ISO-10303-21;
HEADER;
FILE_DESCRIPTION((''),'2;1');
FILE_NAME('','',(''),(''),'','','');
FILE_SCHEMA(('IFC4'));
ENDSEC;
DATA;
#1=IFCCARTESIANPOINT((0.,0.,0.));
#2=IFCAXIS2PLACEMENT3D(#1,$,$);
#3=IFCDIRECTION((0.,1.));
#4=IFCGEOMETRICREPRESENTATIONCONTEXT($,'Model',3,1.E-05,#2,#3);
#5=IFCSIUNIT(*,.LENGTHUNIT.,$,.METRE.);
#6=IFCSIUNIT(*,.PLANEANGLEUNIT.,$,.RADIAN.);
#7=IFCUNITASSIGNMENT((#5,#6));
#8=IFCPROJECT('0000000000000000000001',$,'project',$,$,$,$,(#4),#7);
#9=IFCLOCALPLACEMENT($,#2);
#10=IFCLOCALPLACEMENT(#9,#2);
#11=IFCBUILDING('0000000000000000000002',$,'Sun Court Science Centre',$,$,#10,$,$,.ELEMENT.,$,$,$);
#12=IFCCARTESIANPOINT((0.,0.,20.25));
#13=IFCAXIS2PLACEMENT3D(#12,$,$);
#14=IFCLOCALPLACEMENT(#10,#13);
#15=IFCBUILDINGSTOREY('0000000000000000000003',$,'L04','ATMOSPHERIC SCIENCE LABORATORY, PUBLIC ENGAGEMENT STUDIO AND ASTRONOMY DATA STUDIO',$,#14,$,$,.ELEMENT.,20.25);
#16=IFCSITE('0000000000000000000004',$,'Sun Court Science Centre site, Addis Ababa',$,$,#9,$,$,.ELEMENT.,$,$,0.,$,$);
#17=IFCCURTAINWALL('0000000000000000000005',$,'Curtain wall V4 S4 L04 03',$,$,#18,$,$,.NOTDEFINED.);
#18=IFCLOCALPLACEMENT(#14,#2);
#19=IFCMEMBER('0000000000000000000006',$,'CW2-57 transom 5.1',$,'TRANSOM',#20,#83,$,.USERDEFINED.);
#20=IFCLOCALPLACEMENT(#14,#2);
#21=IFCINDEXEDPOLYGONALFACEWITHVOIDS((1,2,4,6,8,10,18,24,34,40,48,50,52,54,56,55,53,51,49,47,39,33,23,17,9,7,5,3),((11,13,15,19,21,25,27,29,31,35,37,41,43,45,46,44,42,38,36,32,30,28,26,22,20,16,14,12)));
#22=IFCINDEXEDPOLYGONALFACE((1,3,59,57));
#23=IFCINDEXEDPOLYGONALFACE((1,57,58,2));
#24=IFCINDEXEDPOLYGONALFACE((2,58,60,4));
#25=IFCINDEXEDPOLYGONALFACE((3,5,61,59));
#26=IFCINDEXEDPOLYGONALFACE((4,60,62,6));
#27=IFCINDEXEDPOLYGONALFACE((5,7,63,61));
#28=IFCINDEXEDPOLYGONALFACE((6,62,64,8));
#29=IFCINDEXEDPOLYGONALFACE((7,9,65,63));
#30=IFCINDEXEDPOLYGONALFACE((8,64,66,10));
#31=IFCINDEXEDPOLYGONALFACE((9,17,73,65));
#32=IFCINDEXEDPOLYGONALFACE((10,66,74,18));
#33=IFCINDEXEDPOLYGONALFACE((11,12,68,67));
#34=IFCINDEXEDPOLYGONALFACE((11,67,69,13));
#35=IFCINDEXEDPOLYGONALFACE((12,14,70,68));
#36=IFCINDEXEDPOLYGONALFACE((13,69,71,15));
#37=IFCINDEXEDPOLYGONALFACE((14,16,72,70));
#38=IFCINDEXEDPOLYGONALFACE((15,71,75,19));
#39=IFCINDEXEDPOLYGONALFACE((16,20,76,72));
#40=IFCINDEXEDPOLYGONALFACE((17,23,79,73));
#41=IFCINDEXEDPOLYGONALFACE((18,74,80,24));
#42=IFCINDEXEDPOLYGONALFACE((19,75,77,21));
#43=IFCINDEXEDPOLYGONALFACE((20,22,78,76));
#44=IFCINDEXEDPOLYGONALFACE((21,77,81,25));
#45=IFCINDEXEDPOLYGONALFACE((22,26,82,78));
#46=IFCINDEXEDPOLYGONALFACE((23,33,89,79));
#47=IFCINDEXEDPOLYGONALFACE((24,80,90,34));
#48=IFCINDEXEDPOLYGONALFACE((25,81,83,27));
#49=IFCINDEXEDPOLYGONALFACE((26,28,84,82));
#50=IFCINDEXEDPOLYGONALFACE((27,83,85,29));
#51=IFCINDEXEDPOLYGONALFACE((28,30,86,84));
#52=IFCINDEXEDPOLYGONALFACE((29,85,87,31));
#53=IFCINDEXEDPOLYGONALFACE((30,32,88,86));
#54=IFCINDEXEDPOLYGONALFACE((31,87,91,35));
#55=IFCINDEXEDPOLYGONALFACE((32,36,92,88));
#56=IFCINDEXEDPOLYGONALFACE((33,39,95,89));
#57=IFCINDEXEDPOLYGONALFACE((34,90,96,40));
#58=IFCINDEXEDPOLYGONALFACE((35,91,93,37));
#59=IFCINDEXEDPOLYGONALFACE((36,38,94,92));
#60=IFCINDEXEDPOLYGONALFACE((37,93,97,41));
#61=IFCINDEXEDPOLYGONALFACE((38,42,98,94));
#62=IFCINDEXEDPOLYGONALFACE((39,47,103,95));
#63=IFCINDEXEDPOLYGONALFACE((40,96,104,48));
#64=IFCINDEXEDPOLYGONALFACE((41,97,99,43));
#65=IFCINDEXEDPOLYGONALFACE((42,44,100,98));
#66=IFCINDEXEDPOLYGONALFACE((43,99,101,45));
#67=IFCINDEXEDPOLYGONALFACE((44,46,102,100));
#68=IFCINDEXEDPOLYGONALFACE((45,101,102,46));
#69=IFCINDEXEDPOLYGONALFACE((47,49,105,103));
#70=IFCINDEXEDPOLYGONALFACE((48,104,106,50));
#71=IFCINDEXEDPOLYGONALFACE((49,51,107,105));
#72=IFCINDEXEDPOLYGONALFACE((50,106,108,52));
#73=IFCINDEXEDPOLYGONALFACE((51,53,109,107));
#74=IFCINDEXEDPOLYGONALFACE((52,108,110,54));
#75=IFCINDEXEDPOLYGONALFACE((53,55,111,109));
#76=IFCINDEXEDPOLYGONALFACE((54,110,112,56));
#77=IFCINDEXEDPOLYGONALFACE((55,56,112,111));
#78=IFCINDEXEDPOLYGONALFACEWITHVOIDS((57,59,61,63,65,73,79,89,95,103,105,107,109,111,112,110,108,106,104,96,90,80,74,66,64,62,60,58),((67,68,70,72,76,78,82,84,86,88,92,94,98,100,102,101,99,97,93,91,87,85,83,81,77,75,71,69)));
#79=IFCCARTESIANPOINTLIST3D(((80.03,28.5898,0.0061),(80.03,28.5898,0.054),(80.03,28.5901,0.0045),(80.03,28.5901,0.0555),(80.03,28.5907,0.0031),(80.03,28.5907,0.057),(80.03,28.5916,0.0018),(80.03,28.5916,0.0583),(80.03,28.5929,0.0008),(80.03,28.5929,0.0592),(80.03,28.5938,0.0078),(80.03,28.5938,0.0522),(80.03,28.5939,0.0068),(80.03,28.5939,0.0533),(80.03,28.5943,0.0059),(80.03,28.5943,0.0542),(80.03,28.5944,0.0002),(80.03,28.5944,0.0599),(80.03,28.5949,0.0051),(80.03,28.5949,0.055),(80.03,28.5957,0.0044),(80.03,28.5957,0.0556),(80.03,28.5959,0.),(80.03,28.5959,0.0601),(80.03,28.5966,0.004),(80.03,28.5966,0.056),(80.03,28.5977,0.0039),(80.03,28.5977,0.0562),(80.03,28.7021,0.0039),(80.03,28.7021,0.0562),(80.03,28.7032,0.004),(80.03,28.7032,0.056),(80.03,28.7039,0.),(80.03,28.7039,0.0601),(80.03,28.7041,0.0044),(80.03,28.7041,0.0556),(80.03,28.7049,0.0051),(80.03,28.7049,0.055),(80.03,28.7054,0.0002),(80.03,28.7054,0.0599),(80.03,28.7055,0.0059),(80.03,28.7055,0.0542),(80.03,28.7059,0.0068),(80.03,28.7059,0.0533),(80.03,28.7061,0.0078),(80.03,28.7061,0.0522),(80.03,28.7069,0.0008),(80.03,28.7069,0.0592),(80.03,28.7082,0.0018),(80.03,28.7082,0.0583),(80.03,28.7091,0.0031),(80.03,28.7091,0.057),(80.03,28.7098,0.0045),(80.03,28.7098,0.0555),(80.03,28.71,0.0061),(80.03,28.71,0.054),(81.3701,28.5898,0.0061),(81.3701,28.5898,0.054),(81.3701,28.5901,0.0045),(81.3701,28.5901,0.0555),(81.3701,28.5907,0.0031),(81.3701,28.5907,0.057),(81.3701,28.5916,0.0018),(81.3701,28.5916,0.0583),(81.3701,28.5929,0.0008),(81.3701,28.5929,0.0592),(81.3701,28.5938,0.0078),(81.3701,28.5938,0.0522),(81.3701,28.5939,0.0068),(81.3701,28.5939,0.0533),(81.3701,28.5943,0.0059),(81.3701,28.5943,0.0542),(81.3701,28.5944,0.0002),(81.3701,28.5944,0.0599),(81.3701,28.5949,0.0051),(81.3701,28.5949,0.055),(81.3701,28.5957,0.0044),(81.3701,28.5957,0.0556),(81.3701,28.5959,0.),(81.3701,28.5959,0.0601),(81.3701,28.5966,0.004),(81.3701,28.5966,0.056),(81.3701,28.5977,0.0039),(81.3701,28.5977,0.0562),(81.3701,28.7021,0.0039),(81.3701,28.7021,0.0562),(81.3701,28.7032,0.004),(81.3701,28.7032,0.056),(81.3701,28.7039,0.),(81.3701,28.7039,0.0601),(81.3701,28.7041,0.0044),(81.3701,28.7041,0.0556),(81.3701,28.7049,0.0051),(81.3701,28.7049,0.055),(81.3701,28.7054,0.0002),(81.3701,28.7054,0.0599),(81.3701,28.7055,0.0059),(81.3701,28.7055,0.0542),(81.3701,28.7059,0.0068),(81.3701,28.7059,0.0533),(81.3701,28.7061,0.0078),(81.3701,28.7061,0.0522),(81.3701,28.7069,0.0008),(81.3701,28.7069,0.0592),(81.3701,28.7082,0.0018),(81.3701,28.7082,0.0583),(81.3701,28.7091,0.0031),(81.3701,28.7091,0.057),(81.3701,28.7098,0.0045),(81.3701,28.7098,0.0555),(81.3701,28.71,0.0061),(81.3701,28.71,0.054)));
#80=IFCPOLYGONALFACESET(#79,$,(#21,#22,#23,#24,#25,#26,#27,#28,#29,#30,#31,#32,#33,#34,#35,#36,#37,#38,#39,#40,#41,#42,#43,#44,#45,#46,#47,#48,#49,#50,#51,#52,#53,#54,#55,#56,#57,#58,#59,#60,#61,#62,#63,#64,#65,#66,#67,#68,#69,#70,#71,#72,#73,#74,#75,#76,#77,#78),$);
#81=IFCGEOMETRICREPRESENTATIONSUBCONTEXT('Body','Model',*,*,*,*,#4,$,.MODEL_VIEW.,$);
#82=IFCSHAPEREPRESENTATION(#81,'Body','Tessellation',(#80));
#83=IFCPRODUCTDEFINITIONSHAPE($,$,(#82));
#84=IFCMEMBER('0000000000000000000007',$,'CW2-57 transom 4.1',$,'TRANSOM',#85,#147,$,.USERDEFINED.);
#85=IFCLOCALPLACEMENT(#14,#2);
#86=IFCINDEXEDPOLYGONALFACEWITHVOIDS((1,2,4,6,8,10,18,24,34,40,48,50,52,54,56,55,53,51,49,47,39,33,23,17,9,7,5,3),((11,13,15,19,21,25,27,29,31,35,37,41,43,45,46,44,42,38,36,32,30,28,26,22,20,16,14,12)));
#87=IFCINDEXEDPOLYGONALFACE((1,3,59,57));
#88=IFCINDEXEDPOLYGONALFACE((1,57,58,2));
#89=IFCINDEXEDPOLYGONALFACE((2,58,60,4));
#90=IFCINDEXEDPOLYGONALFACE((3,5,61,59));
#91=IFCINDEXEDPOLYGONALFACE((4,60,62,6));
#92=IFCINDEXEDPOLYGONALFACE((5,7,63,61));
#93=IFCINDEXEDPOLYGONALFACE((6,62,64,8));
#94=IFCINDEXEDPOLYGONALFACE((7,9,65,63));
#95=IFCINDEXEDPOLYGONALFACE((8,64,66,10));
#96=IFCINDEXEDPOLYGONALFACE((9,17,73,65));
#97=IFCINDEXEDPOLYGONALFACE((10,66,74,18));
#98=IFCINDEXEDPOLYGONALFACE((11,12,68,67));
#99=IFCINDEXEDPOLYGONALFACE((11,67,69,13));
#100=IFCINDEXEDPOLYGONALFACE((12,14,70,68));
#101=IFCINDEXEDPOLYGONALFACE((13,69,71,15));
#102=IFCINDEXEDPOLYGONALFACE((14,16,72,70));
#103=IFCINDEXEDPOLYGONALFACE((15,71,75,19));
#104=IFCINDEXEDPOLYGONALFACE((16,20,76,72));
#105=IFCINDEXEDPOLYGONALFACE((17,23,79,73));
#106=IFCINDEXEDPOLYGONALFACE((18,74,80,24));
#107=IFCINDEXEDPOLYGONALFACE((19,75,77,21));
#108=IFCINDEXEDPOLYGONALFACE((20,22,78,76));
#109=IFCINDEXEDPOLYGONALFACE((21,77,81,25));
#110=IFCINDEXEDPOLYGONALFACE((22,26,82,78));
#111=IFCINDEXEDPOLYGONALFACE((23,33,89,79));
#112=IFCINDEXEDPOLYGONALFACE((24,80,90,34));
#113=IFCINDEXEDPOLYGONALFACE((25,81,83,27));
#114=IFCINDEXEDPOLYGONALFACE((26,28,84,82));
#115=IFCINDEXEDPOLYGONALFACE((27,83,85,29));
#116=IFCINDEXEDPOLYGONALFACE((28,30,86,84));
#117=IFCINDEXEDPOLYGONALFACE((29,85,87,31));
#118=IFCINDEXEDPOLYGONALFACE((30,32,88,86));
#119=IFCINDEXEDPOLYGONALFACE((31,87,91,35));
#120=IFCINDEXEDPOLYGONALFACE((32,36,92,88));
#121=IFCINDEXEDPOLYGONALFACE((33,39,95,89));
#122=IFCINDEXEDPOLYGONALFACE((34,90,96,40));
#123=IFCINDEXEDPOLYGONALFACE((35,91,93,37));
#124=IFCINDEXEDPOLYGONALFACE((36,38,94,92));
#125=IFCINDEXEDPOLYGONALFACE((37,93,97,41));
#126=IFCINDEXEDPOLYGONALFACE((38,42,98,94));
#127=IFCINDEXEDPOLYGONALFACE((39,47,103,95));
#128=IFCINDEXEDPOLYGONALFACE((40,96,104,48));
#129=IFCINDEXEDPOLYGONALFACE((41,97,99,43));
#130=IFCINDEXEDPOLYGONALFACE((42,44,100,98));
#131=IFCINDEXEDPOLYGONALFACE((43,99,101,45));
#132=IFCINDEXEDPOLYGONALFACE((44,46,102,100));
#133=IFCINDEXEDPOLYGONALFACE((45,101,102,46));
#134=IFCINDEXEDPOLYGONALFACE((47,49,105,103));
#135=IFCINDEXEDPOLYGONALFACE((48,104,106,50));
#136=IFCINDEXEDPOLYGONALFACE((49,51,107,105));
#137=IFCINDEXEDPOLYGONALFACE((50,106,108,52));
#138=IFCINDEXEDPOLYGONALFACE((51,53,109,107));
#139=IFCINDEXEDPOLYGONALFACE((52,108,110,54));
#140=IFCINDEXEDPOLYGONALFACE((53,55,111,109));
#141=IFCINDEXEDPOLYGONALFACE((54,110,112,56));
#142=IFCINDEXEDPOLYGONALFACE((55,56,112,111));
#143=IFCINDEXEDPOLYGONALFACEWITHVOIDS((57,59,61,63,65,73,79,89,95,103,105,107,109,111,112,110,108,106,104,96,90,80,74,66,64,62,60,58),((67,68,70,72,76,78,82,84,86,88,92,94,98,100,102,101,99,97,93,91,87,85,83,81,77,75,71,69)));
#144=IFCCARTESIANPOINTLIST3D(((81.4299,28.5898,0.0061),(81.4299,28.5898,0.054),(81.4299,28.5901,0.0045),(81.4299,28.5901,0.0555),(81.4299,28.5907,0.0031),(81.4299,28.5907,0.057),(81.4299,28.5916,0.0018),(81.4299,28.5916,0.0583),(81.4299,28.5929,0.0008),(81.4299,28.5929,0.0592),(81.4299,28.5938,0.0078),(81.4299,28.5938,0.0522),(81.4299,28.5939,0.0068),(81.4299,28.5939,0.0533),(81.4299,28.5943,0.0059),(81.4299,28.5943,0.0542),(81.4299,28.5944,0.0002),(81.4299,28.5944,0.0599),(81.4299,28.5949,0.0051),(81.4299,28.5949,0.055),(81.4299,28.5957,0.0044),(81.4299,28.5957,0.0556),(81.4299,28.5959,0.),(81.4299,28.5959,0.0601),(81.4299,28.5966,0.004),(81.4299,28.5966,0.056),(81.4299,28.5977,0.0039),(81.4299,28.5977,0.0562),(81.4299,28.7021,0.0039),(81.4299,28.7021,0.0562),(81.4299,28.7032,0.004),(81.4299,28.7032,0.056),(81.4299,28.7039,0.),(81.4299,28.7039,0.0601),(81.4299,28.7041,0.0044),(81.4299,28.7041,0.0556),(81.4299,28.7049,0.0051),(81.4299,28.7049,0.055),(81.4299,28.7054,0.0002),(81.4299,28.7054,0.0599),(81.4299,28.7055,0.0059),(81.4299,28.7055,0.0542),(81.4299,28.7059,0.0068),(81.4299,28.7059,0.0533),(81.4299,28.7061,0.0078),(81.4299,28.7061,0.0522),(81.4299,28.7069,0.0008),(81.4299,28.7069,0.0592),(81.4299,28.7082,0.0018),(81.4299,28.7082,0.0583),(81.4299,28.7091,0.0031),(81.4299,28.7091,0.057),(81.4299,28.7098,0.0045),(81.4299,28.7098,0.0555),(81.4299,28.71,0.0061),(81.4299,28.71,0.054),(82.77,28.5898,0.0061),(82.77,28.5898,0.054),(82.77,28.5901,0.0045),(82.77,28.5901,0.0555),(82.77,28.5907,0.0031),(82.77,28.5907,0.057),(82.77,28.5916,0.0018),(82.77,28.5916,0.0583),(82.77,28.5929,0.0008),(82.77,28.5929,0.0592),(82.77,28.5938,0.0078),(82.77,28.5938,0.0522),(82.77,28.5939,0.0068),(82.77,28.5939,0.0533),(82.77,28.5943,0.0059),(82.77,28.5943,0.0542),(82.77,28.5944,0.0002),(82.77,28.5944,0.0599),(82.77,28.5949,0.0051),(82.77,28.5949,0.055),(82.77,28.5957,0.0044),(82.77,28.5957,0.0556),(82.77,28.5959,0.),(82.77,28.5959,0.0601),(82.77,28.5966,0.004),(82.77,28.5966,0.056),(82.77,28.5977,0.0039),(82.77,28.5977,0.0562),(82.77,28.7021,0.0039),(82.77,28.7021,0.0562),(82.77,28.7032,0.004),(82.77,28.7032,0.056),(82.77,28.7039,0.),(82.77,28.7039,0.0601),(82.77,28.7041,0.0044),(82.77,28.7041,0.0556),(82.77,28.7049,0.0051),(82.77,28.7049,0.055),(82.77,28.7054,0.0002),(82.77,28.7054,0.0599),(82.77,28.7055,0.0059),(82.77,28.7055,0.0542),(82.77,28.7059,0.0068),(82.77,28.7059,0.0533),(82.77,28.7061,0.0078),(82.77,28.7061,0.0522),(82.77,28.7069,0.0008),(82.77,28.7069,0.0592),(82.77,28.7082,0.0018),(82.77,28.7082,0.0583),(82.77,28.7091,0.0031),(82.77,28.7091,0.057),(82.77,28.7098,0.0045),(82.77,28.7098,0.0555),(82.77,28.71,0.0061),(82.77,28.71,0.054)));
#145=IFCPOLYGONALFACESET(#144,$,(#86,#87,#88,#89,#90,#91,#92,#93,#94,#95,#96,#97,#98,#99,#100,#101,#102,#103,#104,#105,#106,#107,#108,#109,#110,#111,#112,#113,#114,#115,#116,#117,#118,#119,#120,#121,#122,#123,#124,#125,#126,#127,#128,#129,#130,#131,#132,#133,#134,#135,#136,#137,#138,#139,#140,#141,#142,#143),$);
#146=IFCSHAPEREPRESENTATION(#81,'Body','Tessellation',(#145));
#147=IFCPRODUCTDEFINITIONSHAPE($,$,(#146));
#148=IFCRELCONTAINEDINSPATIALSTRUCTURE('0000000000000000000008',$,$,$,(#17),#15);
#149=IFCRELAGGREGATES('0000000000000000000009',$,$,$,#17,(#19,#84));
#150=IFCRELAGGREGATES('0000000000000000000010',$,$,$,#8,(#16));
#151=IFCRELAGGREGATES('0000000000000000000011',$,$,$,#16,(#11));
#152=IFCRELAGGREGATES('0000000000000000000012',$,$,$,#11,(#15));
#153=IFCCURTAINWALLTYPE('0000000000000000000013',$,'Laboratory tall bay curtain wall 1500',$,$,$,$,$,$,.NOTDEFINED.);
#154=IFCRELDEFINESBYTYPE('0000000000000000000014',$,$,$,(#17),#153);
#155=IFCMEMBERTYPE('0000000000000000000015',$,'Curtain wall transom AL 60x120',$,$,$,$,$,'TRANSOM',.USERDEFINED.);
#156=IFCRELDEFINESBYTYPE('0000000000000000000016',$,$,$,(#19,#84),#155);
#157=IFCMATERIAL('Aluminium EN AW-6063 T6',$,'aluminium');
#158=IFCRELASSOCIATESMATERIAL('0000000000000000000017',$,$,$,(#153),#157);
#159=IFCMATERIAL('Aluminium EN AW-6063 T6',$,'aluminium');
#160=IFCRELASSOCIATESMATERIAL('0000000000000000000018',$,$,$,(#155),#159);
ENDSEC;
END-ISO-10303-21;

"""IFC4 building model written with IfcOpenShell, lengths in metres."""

from ifc_helpers import new_model, si_unit, direction, frame, origin, origin_2d, place, context, subcontext, project, spatial, hollow_rectangle, extrude, material, material_profile, profile_set, type_object, element, aggregate, save


model = new_model("IFC4")

# Units and contexts
model_context = context("Model", 3, precision=1e-05, world=origin(), true_north=direction((0.0, 1.0)))
body_context = subcontext(model_context, "Body", "Model", "MODEL_VIEW")
ifc_project = project(units=[si_unit("LENGTHUNIT", "METRE"), si_unit("PLANEANGLEUNIT", "RADIAN")], contexts=[model_context])

# Site, building, storey
site_placement = place(None, origin())
site = spatial("IfcSite", under=ifc_project, at=site_placement, Name="Sun Court Science Centre site, Addis Ababa", CompositionType="ELEMENT", RefElevation=0.0)
building_placement = place(site_placement, origin())
building = spatial("IfcBuilding", under=site, at=building_placement, Name="Sun Court Science Centre", CompositionType="ELEMENT")
storey_placement = place(building_placement, frame((0.0, 0.0, 20.25)))
storey = spatial("IfcBuildingStorey", under=building, at=storey_placement, Name="L04", Description="ATMOSPHERIC SCIENCE LABORATORY, PUBLIC ENGAGEMENT STUDIO AND ASTRONOMY DATA STUDIO", CompositionType="ELEMENT", Elevation=20.25)

# Curtain wall, members
ifc_material_1 = material(Name="Aluminium EN AW-6063 T6", Category="aluminium")
curtain_wall_type = type_object("IfcCurtainWallType", Name="Laboratory tall bay curtain wall 1500", PredefinedType="NOTDEFINED", material=ifc_material_1)
curtain_wall_placement = place(storey_placement, origin())
curtain_wall = element("IfcCurtainWall", 1, at=curtain_wall_placement, inside=storey, type_object=curtain_wall_type, Name="Curtain wall V4 S4 L04 03", PredefinedType="NOTDEFINED")
ifc_material_2 = material(Name="Aluminium EN AW-6063 T6", Category="aluminium")
ifc_material_profile_1 = material_profile(ifc_material_2, hollow_rectangle(XDim=0.0601, YDim=0.1201, WallThickness=0.0039, InnerFilletRadius=0.0039, OuterFilletRadius=0.0061, at=origin_2d()), Name="AL 60x120x4")
ifc_profile_set_1 = profile_set([ifc_material_profile_1], Name="Aluminium EN AW-6063 T6")
member_type_1 = type_object("IfcMemberType", Name="Curtain wall transom AL 60x120", ElementType="TRANSOM", PredefinedType="USERDEFINED", material=ifc_profile_set_1)
member_1_placement = place(storey_placement, frame((81.3701, 28.6499, 0.03), z_axis=(-1.0, 0.0, 0.0), x_axis=(0.0, 0.0, 1.0)))
member_1 = element("IfcMember", 2, at=member_1_placement, type_object=member_type_1, Name="CW2-57 transom 5.1", ObjectType="TRANSOM", PredefinedType="USERDEFINED", context=body_context, shape_type="SweptSolid", body=[
    extrude(hollow_rectangle(XDim=0.0601, YDim=0.1201, WallThickness=0.0039, InnerFilletRadius=0.0039, OuterFilletRadius=0.0061, at=origin_2d()), origin(), (0.0, 0.0, 1.0), 1.3401),
])
member_2_placement = place(storey_placement, frame((82.77, 28.6499, 0.03), z_axis=(-1.0, 0.0, 0.0), x_axis=(0.0, 0.0, 1.0)))
member_2 = element("IfcMember", 3, at=member_2_placement, type_object=member_type_1, Name="CW2-57 transom 4.1", ObjectType="TRANSOM", PredefinedType="USERDEFINED", context=body_context, shape_type="SweptSolid", body=[
    extrude(hollow_rectangle(XDim=0.0601, YDim=0.1201, WallThickness=0.0039, InnerFilletRadius=0.0039, OuterFilletRadius=0.0061, at=origin_2d()), origin(), (0.0, 0.0, 1.0), 1.3401),
])

aggregate(curtain_wall, [member_1, member_2])

save(model, "model.ifc")
